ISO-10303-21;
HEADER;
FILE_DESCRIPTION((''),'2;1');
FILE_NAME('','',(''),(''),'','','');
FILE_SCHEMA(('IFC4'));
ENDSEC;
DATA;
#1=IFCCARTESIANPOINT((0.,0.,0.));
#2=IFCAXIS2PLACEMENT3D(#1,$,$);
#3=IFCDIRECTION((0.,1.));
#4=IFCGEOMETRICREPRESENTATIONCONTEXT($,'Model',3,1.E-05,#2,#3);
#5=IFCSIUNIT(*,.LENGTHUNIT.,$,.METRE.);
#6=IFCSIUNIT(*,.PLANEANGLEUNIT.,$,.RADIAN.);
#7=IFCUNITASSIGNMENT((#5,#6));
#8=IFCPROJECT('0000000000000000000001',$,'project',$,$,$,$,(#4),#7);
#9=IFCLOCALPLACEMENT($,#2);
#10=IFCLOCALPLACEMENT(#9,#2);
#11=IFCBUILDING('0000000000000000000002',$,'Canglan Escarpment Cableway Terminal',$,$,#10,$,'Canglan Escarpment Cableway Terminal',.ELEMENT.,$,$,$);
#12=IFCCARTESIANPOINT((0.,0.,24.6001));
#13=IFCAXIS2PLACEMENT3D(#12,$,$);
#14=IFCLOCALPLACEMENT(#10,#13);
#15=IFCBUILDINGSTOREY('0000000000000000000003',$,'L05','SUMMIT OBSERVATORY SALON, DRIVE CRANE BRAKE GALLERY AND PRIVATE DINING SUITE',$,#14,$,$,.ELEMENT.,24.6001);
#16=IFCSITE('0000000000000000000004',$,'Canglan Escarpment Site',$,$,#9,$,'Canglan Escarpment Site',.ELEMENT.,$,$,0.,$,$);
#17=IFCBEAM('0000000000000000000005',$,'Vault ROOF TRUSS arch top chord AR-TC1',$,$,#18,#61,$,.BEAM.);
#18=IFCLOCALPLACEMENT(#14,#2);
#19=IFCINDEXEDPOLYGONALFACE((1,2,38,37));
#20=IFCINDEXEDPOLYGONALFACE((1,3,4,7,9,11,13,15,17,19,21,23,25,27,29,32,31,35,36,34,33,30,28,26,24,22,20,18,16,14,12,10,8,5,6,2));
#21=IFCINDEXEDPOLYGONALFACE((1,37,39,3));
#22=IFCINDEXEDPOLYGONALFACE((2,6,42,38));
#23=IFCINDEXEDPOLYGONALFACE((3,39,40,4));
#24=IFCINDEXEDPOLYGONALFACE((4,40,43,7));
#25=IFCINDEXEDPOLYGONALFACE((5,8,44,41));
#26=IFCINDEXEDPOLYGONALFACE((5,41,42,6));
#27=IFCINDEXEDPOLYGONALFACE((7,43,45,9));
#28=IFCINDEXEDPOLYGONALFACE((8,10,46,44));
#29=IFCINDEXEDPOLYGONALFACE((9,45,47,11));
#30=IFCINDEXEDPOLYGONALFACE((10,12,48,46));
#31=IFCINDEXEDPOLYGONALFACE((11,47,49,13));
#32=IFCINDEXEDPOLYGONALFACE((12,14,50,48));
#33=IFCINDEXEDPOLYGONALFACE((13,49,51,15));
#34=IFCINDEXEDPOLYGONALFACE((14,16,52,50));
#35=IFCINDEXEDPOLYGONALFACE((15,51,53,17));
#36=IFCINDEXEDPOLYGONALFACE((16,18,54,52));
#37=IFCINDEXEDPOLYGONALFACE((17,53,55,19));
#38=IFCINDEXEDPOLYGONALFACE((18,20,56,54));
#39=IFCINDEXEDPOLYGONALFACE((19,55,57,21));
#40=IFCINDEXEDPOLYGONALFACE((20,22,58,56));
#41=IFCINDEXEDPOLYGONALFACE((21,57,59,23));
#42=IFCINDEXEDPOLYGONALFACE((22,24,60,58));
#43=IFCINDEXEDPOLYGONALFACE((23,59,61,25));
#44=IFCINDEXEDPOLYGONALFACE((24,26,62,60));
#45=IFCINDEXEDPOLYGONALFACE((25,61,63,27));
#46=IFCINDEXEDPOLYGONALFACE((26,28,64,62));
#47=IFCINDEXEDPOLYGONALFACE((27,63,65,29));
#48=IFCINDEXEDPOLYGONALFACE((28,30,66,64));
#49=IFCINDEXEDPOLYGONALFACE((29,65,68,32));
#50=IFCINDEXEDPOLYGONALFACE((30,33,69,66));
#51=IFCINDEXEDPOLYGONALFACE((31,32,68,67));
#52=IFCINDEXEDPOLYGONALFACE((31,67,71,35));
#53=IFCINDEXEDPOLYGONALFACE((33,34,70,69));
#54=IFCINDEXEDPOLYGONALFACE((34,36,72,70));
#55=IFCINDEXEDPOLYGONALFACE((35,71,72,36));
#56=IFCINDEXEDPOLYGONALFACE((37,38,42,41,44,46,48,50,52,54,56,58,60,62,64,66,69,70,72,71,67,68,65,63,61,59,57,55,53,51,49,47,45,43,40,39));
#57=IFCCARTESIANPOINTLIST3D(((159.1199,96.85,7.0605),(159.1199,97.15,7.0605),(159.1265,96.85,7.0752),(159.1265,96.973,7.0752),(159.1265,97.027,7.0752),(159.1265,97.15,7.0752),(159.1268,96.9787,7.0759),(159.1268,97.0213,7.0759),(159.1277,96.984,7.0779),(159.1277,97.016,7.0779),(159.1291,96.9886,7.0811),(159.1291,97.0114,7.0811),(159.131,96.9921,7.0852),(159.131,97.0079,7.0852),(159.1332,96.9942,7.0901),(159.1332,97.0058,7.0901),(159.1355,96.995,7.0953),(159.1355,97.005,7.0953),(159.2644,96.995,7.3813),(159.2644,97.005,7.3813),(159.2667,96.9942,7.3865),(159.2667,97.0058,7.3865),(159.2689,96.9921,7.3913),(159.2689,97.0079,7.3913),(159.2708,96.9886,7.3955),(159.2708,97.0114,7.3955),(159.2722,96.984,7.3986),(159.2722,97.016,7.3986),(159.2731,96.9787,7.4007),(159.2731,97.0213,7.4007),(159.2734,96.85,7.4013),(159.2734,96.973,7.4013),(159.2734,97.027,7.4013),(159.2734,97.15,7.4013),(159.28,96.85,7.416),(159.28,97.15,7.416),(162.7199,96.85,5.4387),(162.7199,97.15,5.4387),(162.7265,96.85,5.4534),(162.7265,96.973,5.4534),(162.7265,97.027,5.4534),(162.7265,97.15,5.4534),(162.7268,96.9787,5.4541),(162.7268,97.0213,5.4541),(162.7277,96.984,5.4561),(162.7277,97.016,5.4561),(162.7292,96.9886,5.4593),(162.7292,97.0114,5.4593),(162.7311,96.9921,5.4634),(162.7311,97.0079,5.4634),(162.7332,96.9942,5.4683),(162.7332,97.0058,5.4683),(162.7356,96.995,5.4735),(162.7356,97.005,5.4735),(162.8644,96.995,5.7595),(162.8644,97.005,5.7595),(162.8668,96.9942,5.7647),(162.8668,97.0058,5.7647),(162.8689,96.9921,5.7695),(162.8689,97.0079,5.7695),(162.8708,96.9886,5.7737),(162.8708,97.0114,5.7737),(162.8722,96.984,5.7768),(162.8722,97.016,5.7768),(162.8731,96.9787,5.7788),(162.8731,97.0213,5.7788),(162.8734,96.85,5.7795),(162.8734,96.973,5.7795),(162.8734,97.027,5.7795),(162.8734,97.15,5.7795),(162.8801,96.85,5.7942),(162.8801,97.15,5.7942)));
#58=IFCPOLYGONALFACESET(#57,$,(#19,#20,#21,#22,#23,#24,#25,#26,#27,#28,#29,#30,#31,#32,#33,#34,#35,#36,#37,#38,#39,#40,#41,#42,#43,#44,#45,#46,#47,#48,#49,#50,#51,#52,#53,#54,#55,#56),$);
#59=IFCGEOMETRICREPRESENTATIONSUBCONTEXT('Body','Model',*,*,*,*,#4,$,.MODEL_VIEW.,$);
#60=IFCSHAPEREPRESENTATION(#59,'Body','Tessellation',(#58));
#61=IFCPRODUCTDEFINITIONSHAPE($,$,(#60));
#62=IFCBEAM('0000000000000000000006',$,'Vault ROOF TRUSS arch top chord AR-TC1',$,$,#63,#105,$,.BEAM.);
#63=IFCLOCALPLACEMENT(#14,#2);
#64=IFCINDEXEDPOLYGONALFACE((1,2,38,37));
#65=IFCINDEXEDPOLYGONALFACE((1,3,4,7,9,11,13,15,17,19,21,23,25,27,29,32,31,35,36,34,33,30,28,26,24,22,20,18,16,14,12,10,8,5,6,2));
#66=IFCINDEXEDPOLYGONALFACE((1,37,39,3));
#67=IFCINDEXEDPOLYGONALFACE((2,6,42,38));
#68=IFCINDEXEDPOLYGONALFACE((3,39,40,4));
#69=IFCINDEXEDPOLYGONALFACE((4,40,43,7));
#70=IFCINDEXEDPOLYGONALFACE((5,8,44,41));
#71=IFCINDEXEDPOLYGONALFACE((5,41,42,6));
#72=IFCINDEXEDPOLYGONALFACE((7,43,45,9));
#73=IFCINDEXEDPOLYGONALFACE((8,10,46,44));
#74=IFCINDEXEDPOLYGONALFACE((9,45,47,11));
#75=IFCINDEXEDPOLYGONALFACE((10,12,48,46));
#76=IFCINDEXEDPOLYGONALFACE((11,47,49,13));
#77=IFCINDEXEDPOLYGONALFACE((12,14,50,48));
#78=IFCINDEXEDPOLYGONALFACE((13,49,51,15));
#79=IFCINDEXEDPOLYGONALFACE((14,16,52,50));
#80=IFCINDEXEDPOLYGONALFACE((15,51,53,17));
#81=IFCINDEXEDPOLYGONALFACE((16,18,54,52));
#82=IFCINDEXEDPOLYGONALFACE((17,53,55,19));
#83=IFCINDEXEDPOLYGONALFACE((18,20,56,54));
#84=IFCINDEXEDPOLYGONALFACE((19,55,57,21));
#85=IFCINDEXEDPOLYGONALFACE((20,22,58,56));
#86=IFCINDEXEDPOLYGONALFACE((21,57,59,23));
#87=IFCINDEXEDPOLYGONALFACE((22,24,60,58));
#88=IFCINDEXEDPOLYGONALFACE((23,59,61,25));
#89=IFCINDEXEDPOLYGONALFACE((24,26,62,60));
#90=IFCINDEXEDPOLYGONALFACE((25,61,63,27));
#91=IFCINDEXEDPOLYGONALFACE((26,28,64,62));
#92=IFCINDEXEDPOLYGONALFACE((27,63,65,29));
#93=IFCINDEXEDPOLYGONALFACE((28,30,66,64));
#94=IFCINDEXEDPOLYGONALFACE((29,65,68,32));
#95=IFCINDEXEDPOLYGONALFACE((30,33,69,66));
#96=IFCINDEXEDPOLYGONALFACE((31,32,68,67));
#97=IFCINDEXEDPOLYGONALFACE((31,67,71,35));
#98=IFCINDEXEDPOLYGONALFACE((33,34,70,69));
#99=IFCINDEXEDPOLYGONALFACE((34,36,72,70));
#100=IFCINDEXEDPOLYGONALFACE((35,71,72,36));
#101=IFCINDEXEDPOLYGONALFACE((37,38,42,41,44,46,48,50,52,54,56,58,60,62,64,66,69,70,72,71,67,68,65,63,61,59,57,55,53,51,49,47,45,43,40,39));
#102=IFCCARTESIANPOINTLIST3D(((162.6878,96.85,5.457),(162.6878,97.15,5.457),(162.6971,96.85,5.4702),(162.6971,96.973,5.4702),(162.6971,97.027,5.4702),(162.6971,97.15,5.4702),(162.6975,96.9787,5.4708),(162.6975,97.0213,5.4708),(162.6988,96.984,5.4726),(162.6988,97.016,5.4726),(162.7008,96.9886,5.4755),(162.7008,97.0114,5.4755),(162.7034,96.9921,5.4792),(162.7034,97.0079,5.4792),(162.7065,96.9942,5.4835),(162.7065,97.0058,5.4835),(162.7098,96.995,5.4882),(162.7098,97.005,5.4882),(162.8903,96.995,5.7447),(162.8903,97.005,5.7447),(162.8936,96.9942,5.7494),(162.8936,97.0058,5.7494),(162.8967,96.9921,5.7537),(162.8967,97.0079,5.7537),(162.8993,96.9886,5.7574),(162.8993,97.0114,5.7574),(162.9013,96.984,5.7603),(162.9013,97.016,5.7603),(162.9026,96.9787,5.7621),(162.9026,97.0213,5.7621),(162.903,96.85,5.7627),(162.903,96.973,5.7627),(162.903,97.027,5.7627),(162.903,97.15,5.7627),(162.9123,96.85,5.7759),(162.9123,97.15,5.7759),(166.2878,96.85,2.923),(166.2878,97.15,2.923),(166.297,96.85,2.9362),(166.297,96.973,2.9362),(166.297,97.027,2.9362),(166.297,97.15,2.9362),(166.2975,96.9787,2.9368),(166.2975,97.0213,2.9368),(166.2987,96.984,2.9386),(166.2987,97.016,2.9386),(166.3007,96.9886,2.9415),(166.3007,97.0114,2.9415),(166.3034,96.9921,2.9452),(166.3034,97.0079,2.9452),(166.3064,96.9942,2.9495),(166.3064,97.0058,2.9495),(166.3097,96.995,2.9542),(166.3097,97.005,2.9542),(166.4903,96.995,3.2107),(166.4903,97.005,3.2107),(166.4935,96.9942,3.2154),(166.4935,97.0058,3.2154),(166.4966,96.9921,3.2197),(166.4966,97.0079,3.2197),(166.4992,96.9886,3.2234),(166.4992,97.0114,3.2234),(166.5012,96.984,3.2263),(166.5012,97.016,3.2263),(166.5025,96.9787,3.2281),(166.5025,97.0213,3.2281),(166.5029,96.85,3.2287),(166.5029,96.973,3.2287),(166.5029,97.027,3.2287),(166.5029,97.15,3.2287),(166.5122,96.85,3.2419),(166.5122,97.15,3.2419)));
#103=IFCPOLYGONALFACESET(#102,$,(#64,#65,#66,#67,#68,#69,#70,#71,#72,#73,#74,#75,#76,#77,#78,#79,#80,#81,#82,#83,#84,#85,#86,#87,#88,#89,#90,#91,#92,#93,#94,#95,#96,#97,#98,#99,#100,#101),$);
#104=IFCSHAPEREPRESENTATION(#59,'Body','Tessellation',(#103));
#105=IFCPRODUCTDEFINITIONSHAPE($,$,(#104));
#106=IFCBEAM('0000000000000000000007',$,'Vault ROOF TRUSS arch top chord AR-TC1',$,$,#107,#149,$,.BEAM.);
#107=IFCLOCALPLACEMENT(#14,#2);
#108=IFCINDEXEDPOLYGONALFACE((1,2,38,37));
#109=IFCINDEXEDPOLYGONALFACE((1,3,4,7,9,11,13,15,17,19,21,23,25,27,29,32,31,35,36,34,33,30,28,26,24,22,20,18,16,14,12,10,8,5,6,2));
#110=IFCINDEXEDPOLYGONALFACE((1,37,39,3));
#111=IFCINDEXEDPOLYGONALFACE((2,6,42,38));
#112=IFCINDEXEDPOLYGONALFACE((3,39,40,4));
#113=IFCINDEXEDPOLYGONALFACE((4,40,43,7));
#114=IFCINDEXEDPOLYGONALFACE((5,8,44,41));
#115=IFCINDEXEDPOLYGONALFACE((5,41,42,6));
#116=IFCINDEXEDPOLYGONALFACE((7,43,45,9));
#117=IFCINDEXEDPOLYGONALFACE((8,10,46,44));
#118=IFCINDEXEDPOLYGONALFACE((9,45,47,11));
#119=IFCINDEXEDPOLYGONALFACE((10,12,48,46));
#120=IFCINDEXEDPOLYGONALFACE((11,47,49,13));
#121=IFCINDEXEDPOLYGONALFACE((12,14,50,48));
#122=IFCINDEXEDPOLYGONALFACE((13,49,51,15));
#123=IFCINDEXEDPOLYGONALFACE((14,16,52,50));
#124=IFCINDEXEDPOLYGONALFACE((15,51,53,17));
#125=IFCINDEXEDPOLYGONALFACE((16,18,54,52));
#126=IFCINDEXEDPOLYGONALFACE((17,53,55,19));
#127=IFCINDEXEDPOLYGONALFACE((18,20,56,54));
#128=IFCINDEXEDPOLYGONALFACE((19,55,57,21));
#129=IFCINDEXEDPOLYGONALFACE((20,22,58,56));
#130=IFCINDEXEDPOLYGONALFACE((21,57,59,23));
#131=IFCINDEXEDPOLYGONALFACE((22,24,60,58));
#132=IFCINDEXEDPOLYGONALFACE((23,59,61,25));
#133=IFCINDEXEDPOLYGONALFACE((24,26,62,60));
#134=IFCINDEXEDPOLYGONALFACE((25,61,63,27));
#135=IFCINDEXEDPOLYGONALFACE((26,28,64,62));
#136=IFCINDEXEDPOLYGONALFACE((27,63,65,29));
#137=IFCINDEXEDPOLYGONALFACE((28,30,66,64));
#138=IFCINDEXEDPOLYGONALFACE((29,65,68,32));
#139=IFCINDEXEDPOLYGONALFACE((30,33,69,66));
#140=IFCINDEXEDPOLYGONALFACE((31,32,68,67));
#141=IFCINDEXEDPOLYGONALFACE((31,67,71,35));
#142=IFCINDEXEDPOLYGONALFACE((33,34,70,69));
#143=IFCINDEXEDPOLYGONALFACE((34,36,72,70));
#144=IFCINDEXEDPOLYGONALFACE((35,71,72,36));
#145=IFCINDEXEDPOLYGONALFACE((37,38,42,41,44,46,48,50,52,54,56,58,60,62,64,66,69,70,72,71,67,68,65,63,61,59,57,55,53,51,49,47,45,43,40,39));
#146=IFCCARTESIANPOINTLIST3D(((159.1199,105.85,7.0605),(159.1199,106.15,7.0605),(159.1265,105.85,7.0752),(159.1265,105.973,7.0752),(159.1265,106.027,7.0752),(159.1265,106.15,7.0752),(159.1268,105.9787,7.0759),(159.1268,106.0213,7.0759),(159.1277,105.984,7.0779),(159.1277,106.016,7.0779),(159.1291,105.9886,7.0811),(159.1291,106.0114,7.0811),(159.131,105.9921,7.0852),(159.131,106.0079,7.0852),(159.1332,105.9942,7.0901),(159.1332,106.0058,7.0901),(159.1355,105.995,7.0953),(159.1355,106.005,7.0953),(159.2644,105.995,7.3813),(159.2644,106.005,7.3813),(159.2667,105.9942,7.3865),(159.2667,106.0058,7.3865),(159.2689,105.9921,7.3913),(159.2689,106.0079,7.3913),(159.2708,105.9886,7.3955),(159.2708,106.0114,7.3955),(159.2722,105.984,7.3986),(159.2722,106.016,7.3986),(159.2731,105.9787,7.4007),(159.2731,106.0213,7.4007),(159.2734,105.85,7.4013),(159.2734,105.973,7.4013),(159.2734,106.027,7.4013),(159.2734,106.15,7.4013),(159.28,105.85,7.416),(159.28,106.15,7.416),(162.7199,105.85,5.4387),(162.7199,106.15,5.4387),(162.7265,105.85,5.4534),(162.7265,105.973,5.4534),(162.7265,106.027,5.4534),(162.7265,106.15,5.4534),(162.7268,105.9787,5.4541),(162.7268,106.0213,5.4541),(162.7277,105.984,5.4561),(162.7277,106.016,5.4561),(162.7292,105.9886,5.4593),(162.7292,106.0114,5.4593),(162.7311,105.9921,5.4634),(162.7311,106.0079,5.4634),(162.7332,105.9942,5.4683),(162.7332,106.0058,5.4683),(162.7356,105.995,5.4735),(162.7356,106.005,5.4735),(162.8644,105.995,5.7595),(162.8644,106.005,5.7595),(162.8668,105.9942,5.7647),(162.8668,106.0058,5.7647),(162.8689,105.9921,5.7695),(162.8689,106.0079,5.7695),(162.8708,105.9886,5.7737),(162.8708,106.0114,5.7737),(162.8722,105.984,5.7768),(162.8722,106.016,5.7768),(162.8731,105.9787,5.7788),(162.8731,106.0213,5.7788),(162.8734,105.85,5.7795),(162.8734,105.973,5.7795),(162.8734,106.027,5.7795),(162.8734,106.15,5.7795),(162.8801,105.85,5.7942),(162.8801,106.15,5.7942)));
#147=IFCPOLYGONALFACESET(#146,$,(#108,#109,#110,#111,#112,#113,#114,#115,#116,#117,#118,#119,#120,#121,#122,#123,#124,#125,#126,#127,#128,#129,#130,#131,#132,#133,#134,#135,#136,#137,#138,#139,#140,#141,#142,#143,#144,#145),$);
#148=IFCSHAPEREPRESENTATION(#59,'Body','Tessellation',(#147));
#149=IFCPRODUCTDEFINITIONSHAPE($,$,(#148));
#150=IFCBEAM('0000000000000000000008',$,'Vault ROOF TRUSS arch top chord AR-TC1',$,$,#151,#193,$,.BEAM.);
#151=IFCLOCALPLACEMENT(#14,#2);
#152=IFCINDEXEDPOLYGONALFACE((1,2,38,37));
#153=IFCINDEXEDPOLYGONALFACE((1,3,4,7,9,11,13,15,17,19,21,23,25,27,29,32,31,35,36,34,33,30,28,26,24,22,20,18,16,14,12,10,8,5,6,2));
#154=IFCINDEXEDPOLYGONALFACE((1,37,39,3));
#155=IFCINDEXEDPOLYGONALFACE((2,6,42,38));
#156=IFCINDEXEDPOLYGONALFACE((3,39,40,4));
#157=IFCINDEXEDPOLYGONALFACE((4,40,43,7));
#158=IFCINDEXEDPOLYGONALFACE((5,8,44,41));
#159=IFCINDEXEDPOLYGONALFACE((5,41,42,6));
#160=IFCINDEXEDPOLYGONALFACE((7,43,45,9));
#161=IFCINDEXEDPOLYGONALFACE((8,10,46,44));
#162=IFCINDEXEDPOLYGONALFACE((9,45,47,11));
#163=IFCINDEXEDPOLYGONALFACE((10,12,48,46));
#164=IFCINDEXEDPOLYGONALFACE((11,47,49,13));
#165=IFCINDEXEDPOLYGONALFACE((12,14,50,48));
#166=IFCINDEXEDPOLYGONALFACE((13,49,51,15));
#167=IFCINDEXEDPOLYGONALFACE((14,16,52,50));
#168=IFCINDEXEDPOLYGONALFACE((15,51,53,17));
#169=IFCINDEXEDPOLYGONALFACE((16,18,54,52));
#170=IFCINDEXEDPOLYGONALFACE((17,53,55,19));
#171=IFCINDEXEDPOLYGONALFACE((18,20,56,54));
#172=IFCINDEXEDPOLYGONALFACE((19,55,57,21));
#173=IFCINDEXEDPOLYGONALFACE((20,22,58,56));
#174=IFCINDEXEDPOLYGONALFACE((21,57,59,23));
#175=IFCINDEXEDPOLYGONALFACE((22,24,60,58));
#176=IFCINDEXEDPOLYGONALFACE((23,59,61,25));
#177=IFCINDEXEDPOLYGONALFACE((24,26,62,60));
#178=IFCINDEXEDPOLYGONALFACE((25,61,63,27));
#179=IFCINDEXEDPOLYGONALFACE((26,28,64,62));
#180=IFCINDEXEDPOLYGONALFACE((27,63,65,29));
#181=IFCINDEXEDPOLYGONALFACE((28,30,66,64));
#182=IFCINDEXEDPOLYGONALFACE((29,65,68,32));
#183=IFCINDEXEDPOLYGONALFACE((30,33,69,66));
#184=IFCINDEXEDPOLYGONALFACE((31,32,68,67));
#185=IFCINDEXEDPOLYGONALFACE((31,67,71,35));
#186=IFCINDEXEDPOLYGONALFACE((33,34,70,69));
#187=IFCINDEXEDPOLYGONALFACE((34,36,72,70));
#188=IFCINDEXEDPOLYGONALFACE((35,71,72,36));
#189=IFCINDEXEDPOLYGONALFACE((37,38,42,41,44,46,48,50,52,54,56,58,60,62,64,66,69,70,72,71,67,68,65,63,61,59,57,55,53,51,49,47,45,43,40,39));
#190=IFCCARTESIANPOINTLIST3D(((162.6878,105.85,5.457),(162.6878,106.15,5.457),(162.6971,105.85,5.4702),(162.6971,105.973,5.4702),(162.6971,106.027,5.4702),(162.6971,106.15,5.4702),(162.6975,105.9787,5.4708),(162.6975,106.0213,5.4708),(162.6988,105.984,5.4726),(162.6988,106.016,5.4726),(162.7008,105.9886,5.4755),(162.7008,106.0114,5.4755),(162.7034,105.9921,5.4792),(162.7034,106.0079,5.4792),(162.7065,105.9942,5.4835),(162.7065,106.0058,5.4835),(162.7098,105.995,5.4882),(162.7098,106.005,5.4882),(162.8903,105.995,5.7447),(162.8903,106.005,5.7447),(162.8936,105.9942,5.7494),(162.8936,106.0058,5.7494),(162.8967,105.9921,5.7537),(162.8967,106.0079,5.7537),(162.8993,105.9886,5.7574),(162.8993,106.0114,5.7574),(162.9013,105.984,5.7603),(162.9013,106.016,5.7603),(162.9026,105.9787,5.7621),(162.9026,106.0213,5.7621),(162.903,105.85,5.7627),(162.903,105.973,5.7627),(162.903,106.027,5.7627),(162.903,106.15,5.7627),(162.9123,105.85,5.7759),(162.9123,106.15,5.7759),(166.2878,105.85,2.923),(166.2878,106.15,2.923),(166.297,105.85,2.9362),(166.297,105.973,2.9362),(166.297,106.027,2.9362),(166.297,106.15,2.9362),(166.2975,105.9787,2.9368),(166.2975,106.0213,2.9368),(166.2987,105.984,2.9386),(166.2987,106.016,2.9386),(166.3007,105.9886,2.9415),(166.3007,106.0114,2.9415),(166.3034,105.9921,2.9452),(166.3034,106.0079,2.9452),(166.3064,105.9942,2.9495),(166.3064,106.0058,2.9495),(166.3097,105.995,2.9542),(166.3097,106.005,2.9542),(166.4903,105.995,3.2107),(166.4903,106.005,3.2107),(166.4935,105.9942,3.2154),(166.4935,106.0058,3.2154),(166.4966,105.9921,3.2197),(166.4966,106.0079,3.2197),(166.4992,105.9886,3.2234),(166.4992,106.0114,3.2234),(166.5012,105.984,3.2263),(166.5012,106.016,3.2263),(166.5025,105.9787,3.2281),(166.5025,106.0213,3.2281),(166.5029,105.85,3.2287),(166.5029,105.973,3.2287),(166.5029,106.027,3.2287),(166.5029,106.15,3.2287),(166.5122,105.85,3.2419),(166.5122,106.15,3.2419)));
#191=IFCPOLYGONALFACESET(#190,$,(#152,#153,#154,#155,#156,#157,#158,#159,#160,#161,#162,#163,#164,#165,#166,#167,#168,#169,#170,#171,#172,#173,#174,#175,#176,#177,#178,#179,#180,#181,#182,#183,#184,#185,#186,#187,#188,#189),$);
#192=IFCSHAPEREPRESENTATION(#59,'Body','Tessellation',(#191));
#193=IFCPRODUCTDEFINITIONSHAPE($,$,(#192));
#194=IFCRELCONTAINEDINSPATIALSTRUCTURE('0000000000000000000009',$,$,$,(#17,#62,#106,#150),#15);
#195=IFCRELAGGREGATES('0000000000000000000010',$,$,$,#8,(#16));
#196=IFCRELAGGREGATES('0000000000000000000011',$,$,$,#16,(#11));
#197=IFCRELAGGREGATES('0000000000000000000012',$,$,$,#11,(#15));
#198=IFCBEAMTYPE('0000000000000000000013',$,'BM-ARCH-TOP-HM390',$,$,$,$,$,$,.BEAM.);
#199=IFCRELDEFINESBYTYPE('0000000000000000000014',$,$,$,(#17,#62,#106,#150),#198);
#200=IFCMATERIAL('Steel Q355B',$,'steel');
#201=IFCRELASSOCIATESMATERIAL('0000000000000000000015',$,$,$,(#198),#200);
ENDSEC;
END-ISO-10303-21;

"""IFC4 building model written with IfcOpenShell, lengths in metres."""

from ifc_helpers import new_model, si_unit, direction, frame, origin, origin_2d, place, context, subcontext, project, spatial, i_section, extrude, material, material_profile, profile_set, type_object, element, save


model = new_model("IFC4")

# Units and contexts
model_context = context("Model", 3, precision=1e-05, world=origin(), true_north=direction((0.0, 1.0)))
body_context = subcontext(model_context, "Body", "Model", "MODEL_VIEW")
ifc_project = project(units=[si_unit("LENGTHUNIT", "METRE"), si_unit("PLANEANGLEUNIT", "RADIAN")], contexts=[model_context])

# Site, building, storey
site_placement = place(None, origin())
site = spatial("IfcSite", under=ifc_project, at=site_placement, Name="Canglan Escarpment Site", LongName="Canglan Escarpment Site", CompositionType="ELEMENT", RefElevation=0.0)
building_placement = place(site_placement, origin())
building = spatial("IfcBuilding", under=site, at=building_placement, Name="Canglan Escarpment Cableway Terminal", LongName="Canglan Escarpment Cableway Terminal", CompositionType="ELEMENT")
storey_placement = place(building_placement, frame((0.0, 0.0, 24.6001)))
storey = spatial("IfcBuildingStorey", under=building, at=storey_placement, Name="L05", Description="SUMMIT OBSERVATORY SALON, DRIVE CRANE BRAKE GALLERY AND PRIVATE DINING SUITE", CompositionType="ELEMENT", Elevation=24.6001)

# Beams
ifc_material = material(Name="Steel Q355B", Category="steel")
ifc_material_profile_1 = material_profile(ifc_material, i_section(OverallWidth=0.3, OverallDepth=0.3899, WebThickness=0.01, FlangeThickness=0.0161, FilletRadius=0.022, at=origin_2d()), Name="HM 390x300x10x16")
ifc_profile_set_1 = profile_set([ifc_material_profile_1], Name="Steel Q355B")
beam_type = type_object("IfcBeamType", Name="BM-ARCH-TOP-HM390", PredefinedType="BEAM", material=ifc_profile_set_1)
beam_1_placement = place(storey_placement, frame((159.2, 97.0, 7.2383), z_axis=(0.911753, 0.0, -0.41074), x_axis=(0.0, 1.0, 0.0)))
element("IfcBeam", 1, at=beam_1_placement, inside=storey, type_object=beam_type, Name="Vault ROOF TRUSS arch top chord AR-TC1", PredefinedType="BEAM", context=body_context, shape_type="SweptSolid", body=[
    extrude(i_section(OverallWidth=0.3, OverallDepth=0.3899, WebThickness=0.01, FlangeThickness=0.0161, FilletRadius=0.022, at=origin_2d()), origin(), (0.0, 0.0, 1.0), 3.9485),
])
beam_2_placement = place(storey_placement, frame((162.8, 97.0, 5.6165), z_axis=(0.817731, 0.0, -0.575601), x_axis=(0.0, 1.0, 0.0)))
element("IfcBeam", 2, at=beam_2_placement, inside=storey, type_object=beam_type, Name="Vault ROOF TRUSS arch top chord AR-TC1", PredefinedType="BEAM", context=body_context, shape_type="SweptSolid", body=[
    extrude(i_section(OverallWidth=0.3, OverallDepth=0.3899, WebThickness=0.01, FlangeThickness=0.0161, FilletRadius=0.022, at=origin_2d()), origin(), (0.0, 0.0, 1.0), 4.4023),
])
beam_3_placement = place(storey_placement, frame((159.2, 106.0, 7.2383), z_axis=(0.911753, 0.0, -0.41074), x_axis=(0.0, 1.0, 0.0)))
element("IfcBeam", 3, at=beam_3_placement, inside=storey, type_object=beam_type, Name="Vault ROOF TRUSS arch top chord AR-TC1", PredefinedType="BEAM", context=body_context, shape_type="SweptSolid", body=[
    extrude(i_section(OverallWidth=0.3, OverallDepth=0.3899, WebThickness=0.01, FlangeThickness=0.0161, FilletRadius=0.022, at=origin_2d()), origin(), (0.0, 0.0, 1.0), 3.9485),
])
beam_4_placement = place(storey_placement, frame((162.8, 106.0, 5.6165), z_axis=(0.817731, 0.0, -0.575601), x_axis=(0.0, 1.0, 0.0)))
element("IfcBeam", 4, at=beam_4_placement, inside=storey, type_object=beam_type, Name="Vault ROOF TRUSS arch top chord AR-TC1", PredefinedType="BEAM", context=body_context, shape_type="SweptSolid", body=[
    extrude(i_section(OverallWidth=0.3, OverallDepth=0.3899, WebThickness=0.01, FlangeThickness=0.0161, FilletRadius=0.022, at=origin_2d()), origin(), (0.0, 0.0, 1.0), 4.4023),
])

save(model, "model.ifc")
